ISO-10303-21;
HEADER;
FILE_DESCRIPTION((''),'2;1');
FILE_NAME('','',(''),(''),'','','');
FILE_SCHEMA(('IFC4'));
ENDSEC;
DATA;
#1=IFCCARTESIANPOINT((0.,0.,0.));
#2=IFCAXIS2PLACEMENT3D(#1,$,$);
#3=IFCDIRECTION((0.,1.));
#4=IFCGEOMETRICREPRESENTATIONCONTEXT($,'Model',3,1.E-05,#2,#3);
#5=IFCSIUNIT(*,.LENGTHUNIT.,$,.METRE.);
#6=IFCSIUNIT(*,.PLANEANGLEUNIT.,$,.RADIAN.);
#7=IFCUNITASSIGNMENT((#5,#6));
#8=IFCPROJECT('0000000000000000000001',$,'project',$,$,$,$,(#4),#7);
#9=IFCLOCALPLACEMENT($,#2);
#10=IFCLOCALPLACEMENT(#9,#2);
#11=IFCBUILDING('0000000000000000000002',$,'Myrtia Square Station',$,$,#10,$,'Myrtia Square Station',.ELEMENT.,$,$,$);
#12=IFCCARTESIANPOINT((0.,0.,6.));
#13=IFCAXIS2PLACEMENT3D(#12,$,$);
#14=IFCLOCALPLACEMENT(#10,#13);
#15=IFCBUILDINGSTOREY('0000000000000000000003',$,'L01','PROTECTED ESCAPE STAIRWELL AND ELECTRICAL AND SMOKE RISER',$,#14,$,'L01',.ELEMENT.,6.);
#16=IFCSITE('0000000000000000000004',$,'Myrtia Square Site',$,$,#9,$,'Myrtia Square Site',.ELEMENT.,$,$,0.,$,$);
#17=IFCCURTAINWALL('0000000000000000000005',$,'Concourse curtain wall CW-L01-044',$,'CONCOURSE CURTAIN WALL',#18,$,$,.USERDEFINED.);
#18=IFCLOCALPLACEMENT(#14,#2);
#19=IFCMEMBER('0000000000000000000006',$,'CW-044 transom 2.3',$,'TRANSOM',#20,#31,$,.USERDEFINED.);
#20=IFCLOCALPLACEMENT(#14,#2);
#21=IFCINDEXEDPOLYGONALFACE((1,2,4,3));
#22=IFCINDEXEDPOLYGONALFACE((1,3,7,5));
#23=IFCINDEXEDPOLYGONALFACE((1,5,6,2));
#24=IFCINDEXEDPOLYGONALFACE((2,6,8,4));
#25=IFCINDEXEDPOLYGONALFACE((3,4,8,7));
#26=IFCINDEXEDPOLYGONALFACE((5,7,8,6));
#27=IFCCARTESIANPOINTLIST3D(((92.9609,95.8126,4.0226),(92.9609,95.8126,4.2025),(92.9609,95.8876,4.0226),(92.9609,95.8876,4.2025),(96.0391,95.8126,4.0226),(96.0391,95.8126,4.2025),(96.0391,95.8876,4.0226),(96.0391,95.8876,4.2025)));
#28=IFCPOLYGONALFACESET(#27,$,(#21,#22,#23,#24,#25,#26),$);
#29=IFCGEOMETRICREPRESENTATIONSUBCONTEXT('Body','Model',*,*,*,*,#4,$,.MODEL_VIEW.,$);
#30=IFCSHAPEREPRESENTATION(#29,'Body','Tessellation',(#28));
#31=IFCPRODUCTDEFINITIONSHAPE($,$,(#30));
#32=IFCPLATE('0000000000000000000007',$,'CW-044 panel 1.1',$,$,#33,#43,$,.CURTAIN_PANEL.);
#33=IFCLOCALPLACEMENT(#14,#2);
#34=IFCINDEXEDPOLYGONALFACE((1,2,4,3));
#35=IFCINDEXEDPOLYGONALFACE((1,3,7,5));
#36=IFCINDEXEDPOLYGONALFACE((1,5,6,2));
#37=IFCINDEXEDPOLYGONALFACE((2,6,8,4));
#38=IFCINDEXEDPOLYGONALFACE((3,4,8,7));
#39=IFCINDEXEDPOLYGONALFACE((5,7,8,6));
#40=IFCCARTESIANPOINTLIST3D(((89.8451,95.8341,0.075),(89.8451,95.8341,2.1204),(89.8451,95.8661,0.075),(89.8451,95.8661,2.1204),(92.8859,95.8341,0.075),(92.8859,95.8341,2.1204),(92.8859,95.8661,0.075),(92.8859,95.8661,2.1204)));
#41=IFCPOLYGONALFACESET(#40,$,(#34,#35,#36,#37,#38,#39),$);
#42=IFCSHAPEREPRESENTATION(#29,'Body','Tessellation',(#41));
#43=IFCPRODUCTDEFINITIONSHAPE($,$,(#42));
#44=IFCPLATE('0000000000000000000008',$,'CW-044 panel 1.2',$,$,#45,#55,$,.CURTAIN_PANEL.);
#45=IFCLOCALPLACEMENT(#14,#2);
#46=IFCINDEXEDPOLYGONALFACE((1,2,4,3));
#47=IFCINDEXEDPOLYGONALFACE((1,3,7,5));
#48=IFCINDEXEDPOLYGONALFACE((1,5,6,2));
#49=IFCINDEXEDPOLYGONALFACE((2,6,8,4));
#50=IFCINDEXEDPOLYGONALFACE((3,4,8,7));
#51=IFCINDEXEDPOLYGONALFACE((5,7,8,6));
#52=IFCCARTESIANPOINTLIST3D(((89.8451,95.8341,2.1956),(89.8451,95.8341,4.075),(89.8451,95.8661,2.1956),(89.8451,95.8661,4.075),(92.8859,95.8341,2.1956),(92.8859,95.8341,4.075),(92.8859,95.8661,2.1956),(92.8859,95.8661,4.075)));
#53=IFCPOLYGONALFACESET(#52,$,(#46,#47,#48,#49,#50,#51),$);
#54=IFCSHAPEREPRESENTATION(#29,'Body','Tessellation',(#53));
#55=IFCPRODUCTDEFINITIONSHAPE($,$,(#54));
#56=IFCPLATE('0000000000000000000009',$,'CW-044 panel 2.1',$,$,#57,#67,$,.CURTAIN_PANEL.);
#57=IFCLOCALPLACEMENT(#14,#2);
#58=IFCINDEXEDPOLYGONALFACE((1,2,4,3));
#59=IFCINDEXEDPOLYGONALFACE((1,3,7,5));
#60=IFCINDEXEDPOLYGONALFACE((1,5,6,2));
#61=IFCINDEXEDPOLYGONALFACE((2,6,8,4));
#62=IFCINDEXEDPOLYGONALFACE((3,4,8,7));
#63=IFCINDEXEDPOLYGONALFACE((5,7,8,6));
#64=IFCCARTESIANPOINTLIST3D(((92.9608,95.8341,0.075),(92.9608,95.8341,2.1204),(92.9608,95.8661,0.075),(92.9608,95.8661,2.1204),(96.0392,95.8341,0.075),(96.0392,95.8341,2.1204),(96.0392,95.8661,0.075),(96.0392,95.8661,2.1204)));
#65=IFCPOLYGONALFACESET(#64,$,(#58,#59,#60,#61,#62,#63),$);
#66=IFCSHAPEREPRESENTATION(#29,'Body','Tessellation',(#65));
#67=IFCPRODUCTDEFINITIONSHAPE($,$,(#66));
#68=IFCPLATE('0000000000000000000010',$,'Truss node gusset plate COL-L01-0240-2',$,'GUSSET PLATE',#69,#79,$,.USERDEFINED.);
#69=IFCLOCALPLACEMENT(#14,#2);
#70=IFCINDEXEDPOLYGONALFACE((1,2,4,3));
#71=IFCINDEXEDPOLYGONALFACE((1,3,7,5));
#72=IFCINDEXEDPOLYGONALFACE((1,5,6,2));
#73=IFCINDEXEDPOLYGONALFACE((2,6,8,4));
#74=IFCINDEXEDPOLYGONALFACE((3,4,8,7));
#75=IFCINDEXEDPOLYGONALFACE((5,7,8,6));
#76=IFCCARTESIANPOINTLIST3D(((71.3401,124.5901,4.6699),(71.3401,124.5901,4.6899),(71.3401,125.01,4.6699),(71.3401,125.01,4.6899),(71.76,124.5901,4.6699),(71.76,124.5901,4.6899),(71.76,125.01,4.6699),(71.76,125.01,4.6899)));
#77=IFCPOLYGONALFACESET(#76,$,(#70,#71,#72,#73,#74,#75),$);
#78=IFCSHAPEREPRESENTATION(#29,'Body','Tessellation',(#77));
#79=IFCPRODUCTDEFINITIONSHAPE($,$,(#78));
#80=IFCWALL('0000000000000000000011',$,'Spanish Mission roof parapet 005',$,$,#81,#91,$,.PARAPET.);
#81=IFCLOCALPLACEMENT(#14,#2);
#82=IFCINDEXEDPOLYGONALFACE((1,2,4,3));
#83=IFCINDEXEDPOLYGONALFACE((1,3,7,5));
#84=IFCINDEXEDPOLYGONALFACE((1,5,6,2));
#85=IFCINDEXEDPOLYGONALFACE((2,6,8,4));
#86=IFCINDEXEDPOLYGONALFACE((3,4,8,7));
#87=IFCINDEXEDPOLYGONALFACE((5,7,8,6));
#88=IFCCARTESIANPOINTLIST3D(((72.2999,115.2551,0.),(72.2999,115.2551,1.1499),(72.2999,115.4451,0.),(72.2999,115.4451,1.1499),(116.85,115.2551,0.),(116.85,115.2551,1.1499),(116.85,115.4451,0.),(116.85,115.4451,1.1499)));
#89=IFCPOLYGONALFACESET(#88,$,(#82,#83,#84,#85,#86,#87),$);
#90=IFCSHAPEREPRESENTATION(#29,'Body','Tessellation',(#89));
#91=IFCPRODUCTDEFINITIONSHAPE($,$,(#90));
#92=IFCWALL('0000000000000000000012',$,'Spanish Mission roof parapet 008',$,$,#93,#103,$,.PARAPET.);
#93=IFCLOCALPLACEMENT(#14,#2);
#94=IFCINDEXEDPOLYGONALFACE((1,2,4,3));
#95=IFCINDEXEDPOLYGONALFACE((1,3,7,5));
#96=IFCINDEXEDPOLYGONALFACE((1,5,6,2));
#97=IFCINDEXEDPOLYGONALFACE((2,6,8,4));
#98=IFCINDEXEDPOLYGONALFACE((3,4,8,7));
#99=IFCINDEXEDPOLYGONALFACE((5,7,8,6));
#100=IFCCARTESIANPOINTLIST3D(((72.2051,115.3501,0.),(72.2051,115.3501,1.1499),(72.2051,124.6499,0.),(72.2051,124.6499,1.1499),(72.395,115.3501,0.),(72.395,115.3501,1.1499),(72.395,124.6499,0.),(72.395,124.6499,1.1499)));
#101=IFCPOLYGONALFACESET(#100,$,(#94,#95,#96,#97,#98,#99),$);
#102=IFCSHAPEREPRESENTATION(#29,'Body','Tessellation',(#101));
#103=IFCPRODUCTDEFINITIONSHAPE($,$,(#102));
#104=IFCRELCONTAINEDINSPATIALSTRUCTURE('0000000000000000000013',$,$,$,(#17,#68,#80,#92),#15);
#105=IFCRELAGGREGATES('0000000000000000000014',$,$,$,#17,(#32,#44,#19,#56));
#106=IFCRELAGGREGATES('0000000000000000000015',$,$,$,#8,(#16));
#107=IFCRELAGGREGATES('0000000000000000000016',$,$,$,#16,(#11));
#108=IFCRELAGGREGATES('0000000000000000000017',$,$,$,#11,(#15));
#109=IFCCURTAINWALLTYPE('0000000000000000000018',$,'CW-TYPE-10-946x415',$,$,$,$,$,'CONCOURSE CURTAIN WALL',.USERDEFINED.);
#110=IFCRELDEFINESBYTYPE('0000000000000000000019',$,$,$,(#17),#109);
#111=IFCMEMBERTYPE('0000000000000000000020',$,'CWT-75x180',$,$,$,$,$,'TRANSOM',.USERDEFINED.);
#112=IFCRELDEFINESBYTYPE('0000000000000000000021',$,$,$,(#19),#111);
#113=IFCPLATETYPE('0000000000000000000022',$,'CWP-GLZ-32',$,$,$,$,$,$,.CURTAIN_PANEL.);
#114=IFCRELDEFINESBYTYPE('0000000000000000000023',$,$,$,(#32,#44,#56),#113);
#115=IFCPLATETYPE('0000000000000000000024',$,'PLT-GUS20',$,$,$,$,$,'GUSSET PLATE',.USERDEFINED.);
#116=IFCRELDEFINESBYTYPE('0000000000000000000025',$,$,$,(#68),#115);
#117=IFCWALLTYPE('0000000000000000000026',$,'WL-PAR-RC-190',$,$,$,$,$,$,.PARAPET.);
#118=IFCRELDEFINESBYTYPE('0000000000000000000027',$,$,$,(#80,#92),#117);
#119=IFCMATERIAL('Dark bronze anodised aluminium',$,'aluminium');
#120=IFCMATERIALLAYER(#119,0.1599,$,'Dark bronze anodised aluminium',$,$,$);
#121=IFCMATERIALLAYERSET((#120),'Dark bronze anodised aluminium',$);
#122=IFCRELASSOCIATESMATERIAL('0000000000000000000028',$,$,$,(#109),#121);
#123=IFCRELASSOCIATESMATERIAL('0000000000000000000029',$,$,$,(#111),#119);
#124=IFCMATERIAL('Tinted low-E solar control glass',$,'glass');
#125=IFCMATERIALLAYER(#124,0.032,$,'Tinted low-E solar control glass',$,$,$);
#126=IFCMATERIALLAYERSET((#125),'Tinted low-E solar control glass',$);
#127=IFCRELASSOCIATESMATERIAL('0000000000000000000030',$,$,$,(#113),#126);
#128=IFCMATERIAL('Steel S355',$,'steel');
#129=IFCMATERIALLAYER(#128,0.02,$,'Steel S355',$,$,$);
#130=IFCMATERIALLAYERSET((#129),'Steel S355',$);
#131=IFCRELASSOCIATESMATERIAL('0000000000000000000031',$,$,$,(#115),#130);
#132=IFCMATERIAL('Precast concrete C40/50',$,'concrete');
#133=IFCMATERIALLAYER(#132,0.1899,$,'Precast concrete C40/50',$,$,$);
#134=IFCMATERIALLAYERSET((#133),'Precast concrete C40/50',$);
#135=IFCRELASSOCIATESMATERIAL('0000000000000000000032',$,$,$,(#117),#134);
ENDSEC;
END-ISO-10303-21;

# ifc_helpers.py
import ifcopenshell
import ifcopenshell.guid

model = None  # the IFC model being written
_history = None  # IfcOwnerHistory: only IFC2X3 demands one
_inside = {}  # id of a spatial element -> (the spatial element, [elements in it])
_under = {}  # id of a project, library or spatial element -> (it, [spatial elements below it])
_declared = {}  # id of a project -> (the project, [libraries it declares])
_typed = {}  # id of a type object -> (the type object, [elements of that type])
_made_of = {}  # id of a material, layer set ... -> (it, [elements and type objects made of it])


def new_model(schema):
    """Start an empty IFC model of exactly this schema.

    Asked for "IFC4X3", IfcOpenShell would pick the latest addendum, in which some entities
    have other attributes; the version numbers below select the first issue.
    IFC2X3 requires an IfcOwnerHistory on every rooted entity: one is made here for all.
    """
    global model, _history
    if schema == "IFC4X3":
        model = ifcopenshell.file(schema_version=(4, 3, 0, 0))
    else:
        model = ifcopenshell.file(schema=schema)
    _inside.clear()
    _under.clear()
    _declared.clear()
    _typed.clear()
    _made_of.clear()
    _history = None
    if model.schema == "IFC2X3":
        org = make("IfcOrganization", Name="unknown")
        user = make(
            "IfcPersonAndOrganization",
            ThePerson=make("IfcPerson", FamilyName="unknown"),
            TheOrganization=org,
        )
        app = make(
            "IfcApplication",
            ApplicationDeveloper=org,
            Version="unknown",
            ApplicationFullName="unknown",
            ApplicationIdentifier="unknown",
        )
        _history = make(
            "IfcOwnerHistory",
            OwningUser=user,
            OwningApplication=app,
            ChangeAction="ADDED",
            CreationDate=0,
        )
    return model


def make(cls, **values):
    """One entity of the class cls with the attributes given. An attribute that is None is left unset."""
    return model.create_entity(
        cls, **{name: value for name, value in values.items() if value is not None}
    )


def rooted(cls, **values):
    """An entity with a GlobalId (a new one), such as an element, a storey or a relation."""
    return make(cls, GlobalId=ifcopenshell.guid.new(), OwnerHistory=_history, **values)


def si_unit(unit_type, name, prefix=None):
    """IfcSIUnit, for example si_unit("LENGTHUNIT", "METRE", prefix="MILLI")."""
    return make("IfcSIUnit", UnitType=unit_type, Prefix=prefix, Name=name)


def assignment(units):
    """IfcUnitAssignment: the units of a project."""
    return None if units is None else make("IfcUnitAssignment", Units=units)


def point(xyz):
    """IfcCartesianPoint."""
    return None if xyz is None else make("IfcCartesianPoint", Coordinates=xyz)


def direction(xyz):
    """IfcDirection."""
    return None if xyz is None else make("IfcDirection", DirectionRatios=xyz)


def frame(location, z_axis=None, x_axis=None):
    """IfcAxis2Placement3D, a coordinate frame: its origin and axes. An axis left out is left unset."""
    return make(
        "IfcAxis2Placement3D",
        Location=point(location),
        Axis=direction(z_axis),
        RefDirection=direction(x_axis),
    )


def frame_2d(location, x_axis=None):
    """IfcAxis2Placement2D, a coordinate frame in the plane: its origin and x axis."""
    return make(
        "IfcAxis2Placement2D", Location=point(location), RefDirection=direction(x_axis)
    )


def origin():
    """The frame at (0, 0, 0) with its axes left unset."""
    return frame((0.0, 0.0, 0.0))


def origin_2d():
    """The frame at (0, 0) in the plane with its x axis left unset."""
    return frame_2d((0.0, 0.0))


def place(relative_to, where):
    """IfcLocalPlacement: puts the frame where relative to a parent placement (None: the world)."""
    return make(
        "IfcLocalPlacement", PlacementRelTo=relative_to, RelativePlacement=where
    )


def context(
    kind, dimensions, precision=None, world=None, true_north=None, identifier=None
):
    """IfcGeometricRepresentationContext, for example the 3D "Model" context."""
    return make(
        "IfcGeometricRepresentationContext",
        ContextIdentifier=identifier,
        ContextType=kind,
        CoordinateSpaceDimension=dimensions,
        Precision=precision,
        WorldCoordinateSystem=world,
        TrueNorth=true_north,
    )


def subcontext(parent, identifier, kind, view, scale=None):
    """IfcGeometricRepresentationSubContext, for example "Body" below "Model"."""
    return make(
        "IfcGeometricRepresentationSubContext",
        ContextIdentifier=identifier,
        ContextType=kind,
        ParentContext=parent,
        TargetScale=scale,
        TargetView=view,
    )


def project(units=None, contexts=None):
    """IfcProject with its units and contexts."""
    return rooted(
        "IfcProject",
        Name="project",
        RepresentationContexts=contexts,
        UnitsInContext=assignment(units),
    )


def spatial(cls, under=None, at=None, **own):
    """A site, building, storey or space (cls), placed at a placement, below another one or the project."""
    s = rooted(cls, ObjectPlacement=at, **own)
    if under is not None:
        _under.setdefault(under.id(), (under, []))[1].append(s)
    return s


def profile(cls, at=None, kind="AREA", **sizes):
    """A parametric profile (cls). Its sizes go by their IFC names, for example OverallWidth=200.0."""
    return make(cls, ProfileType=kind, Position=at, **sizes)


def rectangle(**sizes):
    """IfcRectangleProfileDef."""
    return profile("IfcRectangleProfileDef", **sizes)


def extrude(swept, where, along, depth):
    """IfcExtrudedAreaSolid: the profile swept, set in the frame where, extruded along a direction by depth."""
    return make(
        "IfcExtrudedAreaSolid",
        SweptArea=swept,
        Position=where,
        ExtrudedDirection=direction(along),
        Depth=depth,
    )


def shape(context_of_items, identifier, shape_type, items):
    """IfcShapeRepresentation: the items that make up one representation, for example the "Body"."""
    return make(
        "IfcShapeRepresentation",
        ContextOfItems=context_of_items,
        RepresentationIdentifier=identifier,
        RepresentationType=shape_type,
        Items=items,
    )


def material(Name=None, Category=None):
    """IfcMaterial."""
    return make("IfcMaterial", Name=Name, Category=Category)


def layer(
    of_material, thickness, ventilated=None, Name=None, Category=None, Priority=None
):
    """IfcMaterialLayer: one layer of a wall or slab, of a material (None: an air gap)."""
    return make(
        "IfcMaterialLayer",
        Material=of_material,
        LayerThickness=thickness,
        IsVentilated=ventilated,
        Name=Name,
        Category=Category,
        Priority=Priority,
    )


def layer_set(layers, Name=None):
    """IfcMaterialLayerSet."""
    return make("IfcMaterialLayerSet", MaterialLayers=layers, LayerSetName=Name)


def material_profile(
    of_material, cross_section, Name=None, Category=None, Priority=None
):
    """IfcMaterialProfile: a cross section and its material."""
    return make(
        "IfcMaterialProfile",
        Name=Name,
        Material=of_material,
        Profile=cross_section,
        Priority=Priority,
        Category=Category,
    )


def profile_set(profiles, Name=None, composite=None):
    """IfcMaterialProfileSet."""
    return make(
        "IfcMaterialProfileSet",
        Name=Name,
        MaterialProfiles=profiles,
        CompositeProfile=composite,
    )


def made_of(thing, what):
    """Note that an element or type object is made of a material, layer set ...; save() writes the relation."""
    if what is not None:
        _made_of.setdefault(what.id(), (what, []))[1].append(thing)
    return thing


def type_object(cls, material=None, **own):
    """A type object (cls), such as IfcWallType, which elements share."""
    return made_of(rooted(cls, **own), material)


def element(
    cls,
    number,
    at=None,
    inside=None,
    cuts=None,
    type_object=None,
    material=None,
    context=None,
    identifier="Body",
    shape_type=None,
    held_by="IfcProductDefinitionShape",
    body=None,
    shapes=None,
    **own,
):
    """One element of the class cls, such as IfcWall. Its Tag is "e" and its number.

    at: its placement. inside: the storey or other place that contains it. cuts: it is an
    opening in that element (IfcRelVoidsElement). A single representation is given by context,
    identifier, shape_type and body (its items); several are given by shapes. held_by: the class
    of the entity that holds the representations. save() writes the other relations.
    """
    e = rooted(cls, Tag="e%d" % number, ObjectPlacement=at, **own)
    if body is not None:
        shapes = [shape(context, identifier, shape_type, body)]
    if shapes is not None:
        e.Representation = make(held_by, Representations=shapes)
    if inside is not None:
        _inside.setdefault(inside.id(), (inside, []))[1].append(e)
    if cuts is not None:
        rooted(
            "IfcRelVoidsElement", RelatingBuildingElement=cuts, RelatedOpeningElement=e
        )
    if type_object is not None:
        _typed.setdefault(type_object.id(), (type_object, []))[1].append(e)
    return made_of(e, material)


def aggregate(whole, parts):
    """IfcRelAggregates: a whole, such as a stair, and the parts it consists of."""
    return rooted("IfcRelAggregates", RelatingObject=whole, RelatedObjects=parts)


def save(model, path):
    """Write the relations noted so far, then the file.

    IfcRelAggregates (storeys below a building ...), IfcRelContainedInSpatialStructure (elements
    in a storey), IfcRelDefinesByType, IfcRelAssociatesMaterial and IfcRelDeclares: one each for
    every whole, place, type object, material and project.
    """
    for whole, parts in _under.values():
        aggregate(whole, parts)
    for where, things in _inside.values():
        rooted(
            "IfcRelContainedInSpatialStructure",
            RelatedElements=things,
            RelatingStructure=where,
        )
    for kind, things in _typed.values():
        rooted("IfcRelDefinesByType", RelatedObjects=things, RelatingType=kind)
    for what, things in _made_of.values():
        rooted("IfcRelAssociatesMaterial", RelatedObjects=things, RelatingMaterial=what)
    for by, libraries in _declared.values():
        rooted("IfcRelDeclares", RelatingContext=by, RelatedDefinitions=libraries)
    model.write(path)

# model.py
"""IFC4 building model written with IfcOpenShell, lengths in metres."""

from ifc_helpers import new_model, si_unit, direction, frame, frame_2d, origin, origin_2d, place, context, subcontext, project, spatial, rectangle, extrude, material, layer, layer_set, material_profile, profile_set, type_object, element, aggregate, save


model = new_model("IFC4")

# Units and contexts
model_context = context("Model", 3, precision=1e-05, world=origin(), true_north=direction((0.0, 1.0)))
body_context = subcontext(model_context, "Body", "Model", "MODEL_VIEW")
ifc_project = project(units=[si_unit("LENGTHUNIT", "METRE"), si_unit("PLANEANGLEUNIT", "RADIAN")], contexts=[model_context])

# Site, building, storey
site_placement = place(None, origin())
site = spatial("IfcSite", under=ifc_project, at=site_placement, Name="Myrtia Square Site", LongName="Myrtia Square Site", CompositionType="ELEMENT", RefElevation=0.0)
building_placement = place(site_placement, origin())
building = spatial("IfcBuilding", under=site, at=building_placement, Name="Myrtia Square Station", LongName="Myrtia Square Station", CompositionType="ELEMENT")
storey_placement = place(building_placement, frame((0.0, 0.0, 6.0)))
storey = spatial("IfcBuildingStorey", under=building, at=storey_placement, Name="L01", Description="PROTECTED ESCAPE STAIRWELL AND ELECTRICAL AND SMOKE RISER", LongName="L01", CompositionType="ELEMENT", Elevation=6.0)

# Shared definitions
ifc_material_1 = material(Name="Steel S355", Category="steel")

# Curtain wall, member, plates
ifc_material_2 = material(Name="Dark bronze anodised aluminium", Category="aluminium")
ifc_layer_1 = layer(ifc_material_2, 0.1599, Name="Dark bronze anodised aluminium")
ifc_layer_set_1 = layer_set([ifc_layer_1], Name="Dark bronze anodised aluminium")
curtain_wall_type = type_object("IfcCurtainWallType", Name="CW-TYPE-10-946x415", ElementType="CONCOURSE CURTAIN WALL", PredefinedType="USERDEFINED", material=ifc_layer_set_1)
curtain_wall_placement = place(storey_placement, origin())
curtain_wall = element("IfcCurtainWall", 1, at=curtain_wall_placement, inside=storey, type_object=curtain_wall_type, Name="Concourse curtain wall CW-L01-044", ObjectType="CONCOURSE CURTAIN WALL", PredefinedType="USERDEFINED")
ifc_material_profile_1 = material_profile(ifc_material_2, rectangle(XDim=0.075, YDim=0.1799, at=origin_2d()), Name="ALU-T 75x180")
ifc_profile_set_1 = profile_set([ifc_material_profile_1], Name="Dark bronze anodised aluminium")
member_type_1 = type_object("IfcMemberType", Name="CWT-75x180", ElementType="TRANSOM", PredefinedType="USERDEFINED", material=ifc_profile_set_1)
member_1_placement = place(storey_placement, frame((92.9609, 95.8501, 4.1125), z_axis=(1.0, 0.0, 0.0), x_axis=(0.0, 1.0, 0.0)))
member_1 = element("IfcMember", 2, at=member_1_placement, type_object=member_type_1, Name="CW-044 transom 2.3", ObjectType="TRANSOM", PredefinedType="USERDEFINED", context=body_context, shape_type="SweptSolid", body=[
    extrude(rectangle(XDim=0.075, YDim=0.1799, at=origin_2d()), origin(), (0.0, 0.0, 1.0), 3.0781),
])
ifc_material_3 = material(Name="Tinted low-E solar control glass", Category="glass")
ifc_layer_2 = layer(ifc_material_3, 0.032, Name="Tinted low-E solar control glass")
ifc_layer_set_2 = layer_set([ifc_layer_2], Name="Tinted low-E solar control glass")
plate_type_1 = type_object("IfcPlateType", Name="CWP-GLZ-32", PredefinedType="CURTAIN_PANEL", material=ifc_layer_set_2)
plate_1_placement = place(storey_placement, frame((91.3655, 95.8501, 0.075), z_axis=(0.0, 0.0, 1.0), x_axis=(1.0, 0.0, 0.0)))
plate_1 = element("IfcPlate", 3, at=plate_1_placement, type_object=plate_type_1, Name="CW-044 panel 1.1", PredefinedType="CURTAIN_PANEL", context=body_context, shape_type="SweptSolid", body=[
    extrude(rectangle(XDim=3.0408, YDim=0.032, at=origin_2d()), origin(), (0.0, 0.0, 1.0), 2.0454),
])
plate_2_placement = place(storey_placement, frame((91.3655, 95.8501, 2.1956), z_axis=(0.0, 0.0, 1.0), x_axis=(1.0, 0.0, 0.0)))
plate_2 = element("IfcPlate", 4, at=plate_2_placement, type_object=plate_type_1, Name="CW-044 panel 1.2", PredefinedType="CURTAIN_PANEL", context=body_context, shape_type="SweptSolid", body=[
    extrude(rectangle(XDim=3.0408, YDim=0.032, at=origin_2d()), origin(), (0.0, 0.0, 1.0), 1.8794),
])
plate_3_placement = place(storey_placement, frame((94.5, 95.8501, 0.075), z_axis=(0.0, 0.0, 1.0), x_axis=(1.0, 0.0, 0.0)))
plate_3 = element("IfcPlate", 5, at=plate_3_placement, type_object=plate_type_1, Name="CW-044 panel 2.1", PredefinedType="CURTAIN_PANEL", context=body_context, shape_type="SweptSolid", body=[
    extrude(rectangle(XDim=3.0784, YDim=0.032, at=origin_2d()), origin(), (0.0, 0.0, 1.0), 2.0454),
])
aggregate(curtain_wall, [plate_1, plate_2, member_1, plate_3])

# Plate
ifc_layer_3 = layer(ifc_material_1, 0.02, Name="Steel S355")
ifc_layer_set_3 = layer_set([ifc_layer_3], Name="Steel S355")
plate_type_2 = type_object("IfcPlateType", Name="PLT-GUS20", ElementType="GUSSET PLATE", PredefinedType="USERDEFINED", material=ifc_layer_set_3)
plate_4_placement = place(storey_placement, frame((71.55, 124.8, 4.6699), z_axis=(0.0, 0.0, 1.0), x_axis=(1.0, 0.0, 0.0)))
element("IfcPlate", 6, at=plate_4_placement, inside=storey, type_object=plate_type_2, Name="Truss node gusset plate COL-L01-0240-2", ObjectType="GUSSET PLATE", PredefinedType="USERDEFINED", context=body_context, shape_type="SweptSolid", body=[
    extrude(rectangle(XDim=0.4199, YDim=0.4199, at=origin_2d()), origin(), (0.0, 0.0, 1.0), 0.02),
])

# Walls
ifc_material_4 = material(Name="Precast concrete C40/50", Category="concrete")
ifc_layer_4 = layer(ifc_material_4, 0.1899, Name="Precast concrete C40/50")
ifc_layer_set_4 = layer_set([ifc_layer_4], Name="Precast concrete C40/50")
wall_type = type_object("IfcWallType", Name="WL-PAR-RC-190", PredefinedType="PARAPET", material=ifc_layer_set_4)
wall_1_placement = place(storey_placement, frame((72.3, 115.3501, 0.0), z_axis=(0.0, 0.0, 1.0), x_axis=(1.0, 0.0, 0.0)))
element("IfcWall", 7, at=wall_1_placement, inside=storey, type_object=wall_type, Name="Spanish Mission roof parapet 005", PredefinedType="PARAPET", context=body_context, shape_type="SweptSolid", body=[
    extrude(rectangle(XDim=44.55, YDim=0.1899, at=frame_2d((22.2749, 0.0))), origin(), (0.0, 0.0, 1.0), 1.1499),
])
wall_2_placement = place(storey_placement, frame((72.3, 124.6499, 0.0), z_axis=(0.0, 0.0, 1.0), x_axis=(0.0, -1.0, 0.0)))
element("IfcWall", 8, at=wall_2_placement, inside=storey, type_object=wall_type, Name="Spanish Mission roof parapet 008", PredefinedType="PARAPET", context=body_context, shape_type="SweptSolid", body=[
    extrude(rectangle(XDim=9.2998, YDim=0.1899, at=frame_2d((4.6499, 0.0))), origin(), (0.0, 0.0, 1.0), 1.1499),
])

save(model, "model.ifc")
